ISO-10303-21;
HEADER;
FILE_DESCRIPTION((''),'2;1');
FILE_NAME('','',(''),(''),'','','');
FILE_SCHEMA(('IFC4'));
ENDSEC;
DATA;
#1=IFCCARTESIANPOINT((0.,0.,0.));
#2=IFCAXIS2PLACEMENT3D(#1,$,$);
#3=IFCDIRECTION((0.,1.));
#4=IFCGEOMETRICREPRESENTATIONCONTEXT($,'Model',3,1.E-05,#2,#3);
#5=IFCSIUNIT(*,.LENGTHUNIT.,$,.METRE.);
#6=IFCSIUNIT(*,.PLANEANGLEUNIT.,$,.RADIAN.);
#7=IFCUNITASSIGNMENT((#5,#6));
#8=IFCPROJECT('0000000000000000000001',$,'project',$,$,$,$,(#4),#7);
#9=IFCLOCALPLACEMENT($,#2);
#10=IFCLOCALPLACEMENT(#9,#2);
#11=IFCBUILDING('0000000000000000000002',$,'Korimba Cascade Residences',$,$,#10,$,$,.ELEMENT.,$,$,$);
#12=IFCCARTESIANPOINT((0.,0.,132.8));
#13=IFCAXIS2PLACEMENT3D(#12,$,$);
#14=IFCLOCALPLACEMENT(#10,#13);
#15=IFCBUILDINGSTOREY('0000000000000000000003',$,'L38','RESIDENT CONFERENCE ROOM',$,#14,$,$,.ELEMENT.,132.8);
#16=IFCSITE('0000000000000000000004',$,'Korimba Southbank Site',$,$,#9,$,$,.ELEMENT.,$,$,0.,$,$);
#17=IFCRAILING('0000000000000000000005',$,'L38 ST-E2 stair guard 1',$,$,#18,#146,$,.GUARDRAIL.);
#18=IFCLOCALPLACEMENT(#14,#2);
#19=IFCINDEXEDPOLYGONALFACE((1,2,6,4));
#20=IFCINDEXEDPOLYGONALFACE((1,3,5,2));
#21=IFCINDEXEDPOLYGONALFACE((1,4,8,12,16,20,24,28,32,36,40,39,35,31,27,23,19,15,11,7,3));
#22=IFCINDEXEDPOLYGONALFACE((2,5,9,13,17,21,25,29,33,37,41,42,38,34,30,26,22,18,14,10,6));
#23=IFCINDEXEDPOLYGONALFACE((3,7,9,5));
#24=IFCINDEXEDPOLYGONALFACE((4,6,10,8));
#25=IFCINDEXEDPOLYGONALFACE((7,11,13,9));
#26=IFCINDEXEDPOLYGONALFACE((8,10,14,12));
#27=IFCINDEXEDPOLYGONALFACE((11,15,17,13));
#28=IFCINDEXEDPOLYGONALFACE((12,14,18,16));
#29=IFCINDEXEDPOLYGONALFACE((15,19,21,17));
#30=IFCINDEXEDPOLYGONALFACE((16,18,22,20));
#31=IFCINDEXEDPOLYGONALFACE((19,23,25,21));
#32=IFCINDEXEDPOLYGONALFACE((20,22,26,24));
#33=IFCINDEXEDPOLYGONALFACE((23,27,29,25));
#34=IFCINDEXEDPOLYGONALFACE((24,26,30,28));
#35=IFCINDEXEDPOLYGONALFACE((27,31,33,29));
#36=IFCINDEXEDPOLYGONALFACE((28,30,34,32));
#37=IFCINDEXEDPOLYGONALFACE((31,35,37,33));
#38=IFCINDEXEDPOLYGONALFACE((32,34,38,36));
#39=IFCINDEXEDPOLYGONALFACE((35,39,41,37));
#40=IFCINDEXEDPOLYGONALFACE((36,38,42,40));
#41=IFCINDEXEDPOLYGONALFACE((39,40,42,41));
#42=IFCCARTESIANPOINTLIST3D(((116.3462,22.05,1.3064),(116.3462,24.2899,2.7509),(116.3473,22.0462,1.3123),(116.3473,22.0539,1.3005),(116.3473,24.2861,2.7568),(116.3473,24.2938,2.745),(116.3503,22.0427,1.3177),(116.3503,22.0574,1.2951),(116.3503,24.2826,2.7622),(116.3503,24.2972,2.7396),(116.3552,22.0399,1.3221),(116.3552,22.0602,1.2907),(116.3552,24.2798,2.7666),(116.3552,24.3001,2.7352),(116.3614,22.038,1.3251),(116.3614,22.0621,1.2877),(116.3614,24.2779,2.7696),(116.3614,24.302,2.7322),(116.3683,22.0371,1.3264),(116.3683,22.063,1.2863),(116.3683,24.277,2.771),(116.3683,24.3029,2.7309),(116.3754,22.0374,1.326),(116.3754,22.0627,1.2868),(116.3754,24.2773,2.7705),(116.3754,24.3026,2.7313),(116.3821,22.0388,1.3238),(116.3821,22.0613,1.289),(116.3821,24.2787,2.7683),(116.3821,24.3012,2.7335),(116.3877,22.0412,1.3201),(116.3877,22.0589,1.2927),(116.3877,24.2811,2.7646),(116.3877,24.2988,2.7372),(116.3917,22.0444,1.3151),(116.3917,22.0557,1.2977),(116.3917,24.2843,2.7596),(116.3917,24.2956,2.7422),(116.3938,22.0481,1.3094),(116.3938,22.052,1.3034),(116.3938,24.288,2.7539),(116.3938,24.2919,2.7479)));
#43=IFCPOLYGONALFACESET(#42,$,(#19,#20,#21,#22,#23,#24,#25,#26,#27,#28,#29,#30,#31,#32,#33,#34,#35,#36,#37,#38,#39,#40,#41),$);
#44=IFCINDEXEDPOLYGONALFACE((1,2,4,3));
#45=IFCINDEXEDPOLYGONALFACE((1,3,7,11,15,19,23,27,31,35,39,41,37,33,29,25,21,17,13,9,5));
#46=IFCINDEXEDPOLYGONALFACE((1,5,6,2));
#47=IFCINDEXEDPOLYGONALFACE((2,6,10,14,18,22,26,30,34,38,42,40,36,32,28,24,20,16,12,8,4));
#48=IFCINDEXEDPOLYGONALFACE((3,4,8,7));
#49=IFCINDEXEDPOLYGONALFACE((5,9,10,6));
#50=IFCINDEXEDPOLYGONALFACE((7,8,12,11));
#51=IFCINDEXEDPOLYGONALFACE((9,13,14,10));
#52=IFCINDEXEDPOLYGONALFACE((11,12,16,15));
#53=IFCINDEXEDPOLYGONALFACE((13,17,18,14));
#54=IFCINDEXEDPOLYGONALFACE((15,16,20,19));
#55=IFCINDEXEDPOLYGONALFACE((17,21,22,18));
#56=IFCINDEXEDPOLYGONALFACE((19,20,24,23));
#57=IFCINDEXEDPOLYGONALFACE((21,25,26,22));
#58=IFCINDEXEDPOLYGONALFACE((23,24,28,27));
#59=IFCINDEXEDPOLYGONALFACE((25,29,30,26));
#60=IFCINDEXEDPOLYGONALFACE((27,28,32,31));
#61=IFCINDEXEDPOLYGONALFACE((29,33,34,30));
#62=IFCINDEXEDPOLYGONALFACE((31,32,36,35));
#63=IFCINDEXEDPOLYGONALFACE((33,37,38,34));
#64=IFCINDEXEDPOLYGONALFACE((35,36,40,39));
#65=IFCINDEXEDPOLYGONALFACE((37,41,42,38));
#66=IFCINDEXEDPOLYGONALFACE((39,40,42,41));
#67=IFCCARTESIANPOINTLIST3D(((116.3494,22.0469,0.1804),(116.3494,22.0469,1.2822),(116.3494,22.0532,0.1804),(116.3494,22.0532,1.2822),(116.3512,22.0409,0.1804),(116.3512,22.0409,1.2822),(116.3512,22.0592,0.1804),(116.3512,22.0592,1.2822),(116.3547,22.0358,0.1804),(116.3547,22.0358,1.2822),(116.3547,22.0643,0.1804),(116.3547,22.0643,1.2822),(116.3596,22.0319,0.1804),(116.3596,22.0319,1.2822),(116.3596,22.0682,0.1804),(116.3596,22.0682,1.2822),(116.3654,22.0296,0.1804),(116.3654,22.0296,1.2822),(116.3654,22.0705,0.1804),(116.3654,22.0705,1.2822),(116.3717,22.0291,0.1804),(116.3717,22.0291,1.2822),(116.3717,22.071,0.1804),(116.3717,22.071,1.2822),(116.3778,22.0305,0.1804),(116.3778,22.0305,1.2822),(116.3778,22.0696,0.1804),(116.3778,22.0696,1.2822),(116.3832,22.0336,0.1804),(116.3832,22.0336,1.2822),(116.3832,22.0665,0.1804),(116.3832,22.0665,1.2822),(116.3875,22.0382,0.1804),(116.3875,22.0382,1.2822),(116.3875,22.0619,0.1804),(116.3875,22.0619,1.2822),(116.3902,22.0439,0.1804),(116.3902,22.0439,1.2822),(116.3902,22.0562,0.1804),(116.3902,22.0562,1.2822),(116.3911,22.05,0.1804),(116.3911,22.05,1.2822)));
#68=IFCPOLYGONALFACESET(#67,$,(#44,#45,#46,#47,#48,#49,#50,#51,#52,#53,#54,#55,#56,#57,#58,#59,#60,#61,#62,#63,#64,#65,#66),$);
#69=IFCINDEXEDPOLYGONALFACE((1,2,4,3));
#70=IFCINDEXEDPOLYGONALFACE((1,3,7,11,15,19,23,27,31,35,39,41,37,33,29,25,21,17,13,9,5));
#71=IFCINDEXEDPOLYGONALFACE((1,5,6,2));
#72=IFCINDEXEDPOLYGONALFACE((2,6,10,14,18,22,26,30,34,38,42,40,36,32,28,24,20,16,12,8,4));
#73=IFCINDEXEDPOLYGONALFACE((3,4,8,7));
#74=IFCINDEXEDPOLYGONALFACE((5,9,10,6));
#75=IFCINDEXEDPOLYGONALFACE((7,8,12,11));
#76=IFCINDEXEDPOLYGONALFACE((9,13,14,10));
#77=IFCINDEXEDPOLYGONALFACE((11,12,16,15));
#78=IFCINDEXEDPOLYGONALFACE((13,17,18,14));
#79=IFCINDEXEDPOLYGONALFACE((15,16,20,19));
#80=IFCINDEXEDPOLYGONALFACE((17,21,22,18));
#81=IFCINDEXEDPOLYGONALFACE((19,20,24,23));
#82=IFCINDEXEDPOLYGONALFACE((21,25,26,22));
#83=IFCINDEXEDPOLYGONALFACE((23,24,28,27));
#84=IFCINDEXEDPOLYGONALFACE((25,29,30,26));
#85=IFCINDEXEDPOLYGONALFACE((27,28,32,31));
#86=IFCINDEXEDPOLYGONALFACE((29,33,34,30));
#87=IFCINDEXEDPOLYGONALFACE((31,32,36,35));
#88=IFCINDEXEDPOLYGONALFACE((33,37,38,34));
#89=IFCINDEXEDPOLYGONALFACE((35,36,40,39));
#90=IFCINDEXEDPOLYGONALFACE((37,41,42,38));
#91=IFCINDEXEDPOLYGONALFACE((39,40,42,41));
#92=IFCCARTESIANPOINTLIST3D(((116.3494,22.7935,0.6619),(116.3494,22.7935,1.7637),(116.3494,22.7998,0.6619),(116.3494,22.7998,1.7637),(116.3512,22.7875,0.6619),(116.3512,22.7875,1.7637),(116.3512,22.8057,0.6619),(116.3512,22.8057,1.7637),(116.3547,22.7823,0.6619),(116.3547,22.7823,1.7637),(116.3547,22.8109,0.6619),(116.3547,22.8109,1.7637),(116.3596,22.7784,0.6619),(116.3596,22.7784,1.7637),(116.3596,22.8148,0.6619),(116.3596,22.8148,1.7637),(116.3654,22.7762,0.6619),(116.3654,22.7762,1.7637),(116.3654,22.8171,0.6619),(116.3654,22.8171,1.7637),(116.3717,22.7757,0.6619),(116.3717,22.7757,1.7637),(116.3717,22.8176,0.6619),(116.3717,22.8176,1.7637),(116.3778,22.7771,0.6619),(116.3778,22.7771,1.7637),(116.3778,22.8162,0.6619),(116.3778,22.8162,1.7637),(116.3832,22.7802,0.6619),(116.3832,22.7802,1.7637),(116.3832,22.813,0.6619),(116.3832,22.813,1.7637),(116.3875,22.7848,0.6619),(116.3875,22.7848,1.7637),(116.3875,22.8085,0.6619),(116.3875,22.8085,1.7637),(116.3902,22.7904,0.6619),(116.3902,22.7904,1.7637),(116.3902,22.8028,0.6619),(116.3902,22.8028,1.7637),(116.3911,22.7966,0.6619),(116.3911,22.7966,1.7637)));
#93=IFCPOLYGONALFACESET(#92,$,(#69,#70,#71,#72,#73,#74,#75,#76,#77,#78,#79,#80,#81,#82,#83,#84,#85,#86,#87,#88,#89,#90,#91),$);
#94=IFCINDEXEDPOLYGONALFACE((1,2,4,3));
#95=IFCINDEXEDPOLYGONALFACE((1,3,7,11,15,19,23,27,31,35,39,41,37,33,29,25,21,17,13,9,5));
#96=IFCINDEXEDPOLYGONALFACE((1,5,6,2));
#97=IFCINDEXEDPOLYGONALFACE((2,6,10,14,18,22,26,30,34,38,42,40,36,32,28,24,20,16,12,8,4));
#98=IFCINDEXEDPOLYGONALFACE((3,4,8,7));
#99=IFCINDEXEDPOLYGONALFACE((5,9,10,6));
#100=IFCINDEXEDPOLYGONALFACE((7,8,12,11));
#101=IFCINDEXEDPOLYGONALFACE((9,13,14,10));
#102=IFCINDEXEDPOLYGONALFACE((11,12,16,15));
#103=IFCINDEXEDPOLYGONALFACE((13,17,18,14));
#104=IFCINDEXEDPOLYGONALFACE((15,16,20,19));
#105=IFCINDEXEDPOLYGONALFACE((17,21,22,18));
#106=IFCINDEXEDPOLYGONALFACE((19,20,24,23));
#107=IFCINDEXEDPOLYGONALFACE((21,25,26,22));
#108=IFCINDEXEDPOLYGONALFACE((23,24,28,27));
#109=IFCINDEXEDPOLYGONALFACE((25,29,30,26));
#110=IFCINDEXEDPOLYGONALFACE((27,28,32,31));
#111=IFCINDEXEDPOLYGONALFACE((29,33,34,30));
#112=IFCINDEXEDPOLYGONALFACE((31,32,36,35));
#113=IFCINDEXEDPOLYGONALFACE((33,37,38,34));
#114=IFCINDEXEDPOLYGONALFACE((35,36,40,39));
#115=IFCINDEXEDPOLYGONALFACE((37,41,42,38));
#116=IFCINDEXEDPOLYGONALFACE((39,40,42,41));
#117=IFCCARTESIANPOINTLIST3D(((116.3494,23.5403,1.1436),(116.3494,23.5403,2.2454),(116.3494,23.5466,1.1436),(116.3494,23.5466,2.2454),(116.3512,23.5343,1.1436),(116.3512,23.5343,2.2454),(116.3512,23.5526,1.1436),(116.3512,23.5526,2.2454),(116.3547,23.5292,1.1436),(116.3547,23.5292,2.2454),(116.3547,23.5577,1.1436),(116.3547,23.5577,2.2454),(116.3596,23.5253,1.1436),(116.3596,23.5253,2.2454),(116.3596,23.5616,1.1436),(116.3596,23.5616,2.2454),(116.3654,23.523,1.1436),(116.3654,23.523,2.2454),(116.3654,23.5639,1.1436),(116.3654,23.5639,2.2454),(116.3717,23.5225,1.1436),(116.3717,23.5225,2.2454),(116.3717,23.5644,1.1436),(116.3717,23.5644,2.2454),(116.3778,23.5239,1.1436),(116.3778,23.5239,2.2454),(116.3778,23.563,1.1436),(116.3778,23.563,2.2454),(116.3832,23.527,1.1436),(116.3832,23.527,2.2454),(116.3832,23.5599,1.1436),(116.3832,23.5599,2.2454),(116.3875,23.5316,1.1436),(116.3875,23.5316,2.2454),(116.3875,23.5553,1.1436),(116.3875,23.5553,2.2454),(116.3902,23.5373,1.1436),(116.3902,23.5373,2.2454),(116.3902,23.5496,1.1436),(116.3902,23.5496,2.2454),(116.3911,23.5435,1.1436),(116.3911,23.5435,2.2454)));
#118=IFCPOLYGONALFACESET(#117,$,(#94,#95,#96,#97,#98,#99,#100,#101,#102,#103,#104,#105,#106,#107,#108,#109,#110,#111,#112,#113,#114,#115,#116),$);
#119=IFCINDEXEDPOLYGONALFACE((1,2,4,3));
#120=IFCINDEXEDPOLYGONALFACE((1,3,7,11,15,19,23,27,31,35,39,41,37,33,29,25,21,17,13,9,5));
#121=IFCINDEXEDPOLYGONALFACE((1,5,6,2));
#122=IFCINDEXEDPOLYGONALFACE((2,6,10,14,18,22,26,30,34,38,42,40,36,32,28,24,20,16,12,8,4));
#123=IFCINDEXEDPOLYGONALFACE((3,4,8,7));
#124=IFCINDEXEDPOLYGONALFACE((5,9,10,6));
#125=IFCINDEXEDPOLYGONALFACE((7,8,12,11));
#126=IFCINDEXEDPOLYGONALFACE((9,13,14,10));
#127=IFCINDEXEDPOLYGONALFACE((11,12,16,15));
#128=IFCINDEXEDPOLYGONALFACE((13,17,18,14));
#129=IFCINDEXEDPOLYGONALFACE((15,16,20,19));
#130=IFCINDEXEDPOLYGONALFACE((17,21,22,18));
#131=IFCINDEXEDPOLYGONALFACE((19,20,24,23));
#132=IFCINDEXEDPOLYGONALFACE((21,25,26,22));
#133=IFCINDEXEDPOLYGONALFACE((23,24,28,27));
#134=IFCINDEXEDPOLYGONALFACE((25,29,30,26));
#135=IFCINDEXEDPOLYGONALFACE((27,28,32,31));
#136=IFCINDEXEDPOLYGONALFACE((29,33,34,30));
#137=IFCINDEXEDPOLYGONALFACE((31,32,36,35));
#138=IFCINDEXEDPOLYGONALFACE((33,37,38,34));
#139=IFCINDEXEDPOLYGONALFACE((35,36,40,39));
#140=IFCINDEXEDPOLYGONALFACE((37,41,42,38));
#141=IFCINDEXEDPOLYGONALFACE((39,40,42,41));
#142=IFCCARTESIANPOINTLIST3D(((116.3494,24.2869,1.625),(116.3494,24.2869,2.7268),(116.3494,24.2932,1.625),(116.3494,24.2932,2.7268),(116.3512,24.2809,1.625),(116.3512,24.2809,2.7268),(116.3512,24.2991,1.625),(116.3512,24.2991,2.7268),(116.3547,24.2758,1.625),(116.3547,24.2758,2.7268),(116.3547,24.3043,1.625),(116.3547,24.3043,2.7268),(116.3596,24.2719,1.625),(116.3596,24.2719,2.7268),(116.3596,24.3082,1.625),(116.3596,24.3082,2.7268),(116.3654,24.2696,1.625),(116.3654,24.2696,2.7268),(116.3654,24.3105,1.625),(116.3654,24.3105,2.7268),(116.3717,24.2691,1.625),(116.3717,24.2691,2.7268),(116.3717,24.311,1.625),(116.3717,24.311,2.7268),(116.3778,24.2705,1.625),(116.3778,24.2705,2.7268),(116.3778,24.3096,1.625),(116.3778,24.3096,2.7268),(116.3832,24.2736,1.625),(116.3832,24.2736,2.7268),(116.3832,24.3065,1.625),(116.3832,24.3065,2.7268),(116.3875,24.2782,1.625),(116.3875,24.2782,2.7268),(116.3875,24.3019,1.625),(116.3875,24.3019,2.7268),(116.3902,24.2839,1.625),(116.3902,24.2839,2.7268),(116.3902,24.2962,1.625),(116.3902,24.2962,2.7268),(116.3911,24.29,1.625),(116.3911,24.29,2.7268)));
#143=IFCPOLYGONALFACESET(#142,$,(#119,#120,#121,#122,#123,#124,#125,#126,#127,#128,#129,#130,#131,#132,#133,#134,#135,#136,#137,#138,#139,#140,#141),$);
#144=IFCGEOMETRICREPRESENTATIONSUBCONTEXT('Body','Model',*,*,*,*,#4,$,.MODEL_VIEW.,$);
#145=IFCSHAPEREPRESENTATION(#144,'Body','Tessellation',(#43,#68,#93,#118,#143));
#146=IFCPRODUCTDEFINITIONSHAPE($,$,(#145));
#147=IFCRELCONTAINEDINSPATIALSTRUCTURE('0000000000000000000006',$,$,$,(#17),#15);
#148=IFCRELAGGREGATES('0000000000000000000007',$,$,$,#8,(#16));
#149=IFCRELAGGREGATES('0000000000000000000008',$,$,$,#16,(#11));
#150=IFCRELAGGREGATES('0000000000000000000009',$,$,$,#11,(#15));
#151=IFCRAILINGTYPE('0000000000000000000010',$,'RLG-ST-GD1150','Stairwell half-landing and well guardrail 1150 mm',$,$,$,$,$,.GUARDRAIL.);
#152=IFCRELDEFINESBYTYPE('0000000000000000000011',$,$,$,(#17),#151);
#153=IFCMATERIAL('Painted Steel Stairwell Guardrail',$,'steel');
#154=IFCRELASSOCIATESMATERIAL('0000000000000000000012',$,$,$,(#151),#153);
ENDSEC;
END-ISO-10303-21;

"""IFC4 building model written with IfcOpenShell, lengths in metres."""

from ifc_helpers import new_model, si_unit, direction, frame, origin, origin_2d, place, context, subcontext, project, spatial, circle, extrude, material, type_object, element, save


model = new_model("IFC4")

# Units and contexts
model_context = context("Model", 3, precision=1e-05, world=origin(), true_north=direction((0.0, 1.0)))
body_context = subcontext(model_context, "Body", "Model", "MODEL_VIEW")
ifc_project = project(units=[si_unit("LENGTHUNIT", "METRE"), si_unit("PLANEANGLEUNIT", "RADIAN")], contexts=[model_context])

# Site, building, storey
site_placement = place(None, origin())
site = spatial("IfcSite", under=ifc_project, at=site_placement, Name="Korimba Southbank Site", CompositionType="ELEMENT", RefElevation=0.0)
building_placement = place(site_placement, origin())
building = spatial("IfcBuilding", under=site, at=building_placement, Name="Korimba Cascade Residences", CompositionType="ELEMENT")
storey_placement = place(building_placement, frame((0.0, 0.0, 132.8)))
storey = spatial("IfcBuildingStorey", under=building, at=storey_placement, Name="L38", Description="RESIDENT CONFERENCE ROOM", CompositionType="ELEMENT", Elevation=132.8)

# Railing
ifc_material_1 = material(Name="Painted Steel Stairwell Guardrail", Category="steel")
railing_type_1 = type_object("IfcRailingType", Name="RLG-ST-GD1150", Description="Stairwell half-landing and well guardrail 1150 mm", PredefinedType="GUARDRAIL", material=ifc_material_1)
railing_1_placement = place(storey_placement, frame((116.3701, 22.05, 0.1804)))
element("IfcRailing", 1, at=railing_1_placement, inside=storey, type_object=railing_type_1, Name="L38 ST-E2 stair guard 1", PredefinedType="GUARDRAIL", context=body_context, shape_type="SweptSolid", body=[
    extrude(circle(Radius=0.0239, at=origin_2d()), frame((0.0, 0.0, 1.126), z_axis=(0.0, 0.840395, 0.541975), x_axis=(-1.0, 0.0, 0.0)), (0.0, 0.0, 1.0), 2.6653),
    extrude(circle(Radius=0.021, at=origin_2d()), origin(), (0.0, 0.0, 1.0), 1.1018),
    extrude(circle(Radius=0.021, at=origin_2d()), frame((0.0, 0.7466, 0.4814)), (0.0, 0.0, 1.0), 1.1018),
    extrude(circle(Radius=0.021, at=origin_2d()), frame((0.0, 1.4934, 0.9631)), (0.0, 0.0, 1.0), 1.1018),
    extrude(circle(Radius=0.021, at=origin_2d()), frame((0.0, 2.24, 1.4446)), (0.0, 0.0, 1.0), 1.1018),
])

save(model, "model.ifc")
